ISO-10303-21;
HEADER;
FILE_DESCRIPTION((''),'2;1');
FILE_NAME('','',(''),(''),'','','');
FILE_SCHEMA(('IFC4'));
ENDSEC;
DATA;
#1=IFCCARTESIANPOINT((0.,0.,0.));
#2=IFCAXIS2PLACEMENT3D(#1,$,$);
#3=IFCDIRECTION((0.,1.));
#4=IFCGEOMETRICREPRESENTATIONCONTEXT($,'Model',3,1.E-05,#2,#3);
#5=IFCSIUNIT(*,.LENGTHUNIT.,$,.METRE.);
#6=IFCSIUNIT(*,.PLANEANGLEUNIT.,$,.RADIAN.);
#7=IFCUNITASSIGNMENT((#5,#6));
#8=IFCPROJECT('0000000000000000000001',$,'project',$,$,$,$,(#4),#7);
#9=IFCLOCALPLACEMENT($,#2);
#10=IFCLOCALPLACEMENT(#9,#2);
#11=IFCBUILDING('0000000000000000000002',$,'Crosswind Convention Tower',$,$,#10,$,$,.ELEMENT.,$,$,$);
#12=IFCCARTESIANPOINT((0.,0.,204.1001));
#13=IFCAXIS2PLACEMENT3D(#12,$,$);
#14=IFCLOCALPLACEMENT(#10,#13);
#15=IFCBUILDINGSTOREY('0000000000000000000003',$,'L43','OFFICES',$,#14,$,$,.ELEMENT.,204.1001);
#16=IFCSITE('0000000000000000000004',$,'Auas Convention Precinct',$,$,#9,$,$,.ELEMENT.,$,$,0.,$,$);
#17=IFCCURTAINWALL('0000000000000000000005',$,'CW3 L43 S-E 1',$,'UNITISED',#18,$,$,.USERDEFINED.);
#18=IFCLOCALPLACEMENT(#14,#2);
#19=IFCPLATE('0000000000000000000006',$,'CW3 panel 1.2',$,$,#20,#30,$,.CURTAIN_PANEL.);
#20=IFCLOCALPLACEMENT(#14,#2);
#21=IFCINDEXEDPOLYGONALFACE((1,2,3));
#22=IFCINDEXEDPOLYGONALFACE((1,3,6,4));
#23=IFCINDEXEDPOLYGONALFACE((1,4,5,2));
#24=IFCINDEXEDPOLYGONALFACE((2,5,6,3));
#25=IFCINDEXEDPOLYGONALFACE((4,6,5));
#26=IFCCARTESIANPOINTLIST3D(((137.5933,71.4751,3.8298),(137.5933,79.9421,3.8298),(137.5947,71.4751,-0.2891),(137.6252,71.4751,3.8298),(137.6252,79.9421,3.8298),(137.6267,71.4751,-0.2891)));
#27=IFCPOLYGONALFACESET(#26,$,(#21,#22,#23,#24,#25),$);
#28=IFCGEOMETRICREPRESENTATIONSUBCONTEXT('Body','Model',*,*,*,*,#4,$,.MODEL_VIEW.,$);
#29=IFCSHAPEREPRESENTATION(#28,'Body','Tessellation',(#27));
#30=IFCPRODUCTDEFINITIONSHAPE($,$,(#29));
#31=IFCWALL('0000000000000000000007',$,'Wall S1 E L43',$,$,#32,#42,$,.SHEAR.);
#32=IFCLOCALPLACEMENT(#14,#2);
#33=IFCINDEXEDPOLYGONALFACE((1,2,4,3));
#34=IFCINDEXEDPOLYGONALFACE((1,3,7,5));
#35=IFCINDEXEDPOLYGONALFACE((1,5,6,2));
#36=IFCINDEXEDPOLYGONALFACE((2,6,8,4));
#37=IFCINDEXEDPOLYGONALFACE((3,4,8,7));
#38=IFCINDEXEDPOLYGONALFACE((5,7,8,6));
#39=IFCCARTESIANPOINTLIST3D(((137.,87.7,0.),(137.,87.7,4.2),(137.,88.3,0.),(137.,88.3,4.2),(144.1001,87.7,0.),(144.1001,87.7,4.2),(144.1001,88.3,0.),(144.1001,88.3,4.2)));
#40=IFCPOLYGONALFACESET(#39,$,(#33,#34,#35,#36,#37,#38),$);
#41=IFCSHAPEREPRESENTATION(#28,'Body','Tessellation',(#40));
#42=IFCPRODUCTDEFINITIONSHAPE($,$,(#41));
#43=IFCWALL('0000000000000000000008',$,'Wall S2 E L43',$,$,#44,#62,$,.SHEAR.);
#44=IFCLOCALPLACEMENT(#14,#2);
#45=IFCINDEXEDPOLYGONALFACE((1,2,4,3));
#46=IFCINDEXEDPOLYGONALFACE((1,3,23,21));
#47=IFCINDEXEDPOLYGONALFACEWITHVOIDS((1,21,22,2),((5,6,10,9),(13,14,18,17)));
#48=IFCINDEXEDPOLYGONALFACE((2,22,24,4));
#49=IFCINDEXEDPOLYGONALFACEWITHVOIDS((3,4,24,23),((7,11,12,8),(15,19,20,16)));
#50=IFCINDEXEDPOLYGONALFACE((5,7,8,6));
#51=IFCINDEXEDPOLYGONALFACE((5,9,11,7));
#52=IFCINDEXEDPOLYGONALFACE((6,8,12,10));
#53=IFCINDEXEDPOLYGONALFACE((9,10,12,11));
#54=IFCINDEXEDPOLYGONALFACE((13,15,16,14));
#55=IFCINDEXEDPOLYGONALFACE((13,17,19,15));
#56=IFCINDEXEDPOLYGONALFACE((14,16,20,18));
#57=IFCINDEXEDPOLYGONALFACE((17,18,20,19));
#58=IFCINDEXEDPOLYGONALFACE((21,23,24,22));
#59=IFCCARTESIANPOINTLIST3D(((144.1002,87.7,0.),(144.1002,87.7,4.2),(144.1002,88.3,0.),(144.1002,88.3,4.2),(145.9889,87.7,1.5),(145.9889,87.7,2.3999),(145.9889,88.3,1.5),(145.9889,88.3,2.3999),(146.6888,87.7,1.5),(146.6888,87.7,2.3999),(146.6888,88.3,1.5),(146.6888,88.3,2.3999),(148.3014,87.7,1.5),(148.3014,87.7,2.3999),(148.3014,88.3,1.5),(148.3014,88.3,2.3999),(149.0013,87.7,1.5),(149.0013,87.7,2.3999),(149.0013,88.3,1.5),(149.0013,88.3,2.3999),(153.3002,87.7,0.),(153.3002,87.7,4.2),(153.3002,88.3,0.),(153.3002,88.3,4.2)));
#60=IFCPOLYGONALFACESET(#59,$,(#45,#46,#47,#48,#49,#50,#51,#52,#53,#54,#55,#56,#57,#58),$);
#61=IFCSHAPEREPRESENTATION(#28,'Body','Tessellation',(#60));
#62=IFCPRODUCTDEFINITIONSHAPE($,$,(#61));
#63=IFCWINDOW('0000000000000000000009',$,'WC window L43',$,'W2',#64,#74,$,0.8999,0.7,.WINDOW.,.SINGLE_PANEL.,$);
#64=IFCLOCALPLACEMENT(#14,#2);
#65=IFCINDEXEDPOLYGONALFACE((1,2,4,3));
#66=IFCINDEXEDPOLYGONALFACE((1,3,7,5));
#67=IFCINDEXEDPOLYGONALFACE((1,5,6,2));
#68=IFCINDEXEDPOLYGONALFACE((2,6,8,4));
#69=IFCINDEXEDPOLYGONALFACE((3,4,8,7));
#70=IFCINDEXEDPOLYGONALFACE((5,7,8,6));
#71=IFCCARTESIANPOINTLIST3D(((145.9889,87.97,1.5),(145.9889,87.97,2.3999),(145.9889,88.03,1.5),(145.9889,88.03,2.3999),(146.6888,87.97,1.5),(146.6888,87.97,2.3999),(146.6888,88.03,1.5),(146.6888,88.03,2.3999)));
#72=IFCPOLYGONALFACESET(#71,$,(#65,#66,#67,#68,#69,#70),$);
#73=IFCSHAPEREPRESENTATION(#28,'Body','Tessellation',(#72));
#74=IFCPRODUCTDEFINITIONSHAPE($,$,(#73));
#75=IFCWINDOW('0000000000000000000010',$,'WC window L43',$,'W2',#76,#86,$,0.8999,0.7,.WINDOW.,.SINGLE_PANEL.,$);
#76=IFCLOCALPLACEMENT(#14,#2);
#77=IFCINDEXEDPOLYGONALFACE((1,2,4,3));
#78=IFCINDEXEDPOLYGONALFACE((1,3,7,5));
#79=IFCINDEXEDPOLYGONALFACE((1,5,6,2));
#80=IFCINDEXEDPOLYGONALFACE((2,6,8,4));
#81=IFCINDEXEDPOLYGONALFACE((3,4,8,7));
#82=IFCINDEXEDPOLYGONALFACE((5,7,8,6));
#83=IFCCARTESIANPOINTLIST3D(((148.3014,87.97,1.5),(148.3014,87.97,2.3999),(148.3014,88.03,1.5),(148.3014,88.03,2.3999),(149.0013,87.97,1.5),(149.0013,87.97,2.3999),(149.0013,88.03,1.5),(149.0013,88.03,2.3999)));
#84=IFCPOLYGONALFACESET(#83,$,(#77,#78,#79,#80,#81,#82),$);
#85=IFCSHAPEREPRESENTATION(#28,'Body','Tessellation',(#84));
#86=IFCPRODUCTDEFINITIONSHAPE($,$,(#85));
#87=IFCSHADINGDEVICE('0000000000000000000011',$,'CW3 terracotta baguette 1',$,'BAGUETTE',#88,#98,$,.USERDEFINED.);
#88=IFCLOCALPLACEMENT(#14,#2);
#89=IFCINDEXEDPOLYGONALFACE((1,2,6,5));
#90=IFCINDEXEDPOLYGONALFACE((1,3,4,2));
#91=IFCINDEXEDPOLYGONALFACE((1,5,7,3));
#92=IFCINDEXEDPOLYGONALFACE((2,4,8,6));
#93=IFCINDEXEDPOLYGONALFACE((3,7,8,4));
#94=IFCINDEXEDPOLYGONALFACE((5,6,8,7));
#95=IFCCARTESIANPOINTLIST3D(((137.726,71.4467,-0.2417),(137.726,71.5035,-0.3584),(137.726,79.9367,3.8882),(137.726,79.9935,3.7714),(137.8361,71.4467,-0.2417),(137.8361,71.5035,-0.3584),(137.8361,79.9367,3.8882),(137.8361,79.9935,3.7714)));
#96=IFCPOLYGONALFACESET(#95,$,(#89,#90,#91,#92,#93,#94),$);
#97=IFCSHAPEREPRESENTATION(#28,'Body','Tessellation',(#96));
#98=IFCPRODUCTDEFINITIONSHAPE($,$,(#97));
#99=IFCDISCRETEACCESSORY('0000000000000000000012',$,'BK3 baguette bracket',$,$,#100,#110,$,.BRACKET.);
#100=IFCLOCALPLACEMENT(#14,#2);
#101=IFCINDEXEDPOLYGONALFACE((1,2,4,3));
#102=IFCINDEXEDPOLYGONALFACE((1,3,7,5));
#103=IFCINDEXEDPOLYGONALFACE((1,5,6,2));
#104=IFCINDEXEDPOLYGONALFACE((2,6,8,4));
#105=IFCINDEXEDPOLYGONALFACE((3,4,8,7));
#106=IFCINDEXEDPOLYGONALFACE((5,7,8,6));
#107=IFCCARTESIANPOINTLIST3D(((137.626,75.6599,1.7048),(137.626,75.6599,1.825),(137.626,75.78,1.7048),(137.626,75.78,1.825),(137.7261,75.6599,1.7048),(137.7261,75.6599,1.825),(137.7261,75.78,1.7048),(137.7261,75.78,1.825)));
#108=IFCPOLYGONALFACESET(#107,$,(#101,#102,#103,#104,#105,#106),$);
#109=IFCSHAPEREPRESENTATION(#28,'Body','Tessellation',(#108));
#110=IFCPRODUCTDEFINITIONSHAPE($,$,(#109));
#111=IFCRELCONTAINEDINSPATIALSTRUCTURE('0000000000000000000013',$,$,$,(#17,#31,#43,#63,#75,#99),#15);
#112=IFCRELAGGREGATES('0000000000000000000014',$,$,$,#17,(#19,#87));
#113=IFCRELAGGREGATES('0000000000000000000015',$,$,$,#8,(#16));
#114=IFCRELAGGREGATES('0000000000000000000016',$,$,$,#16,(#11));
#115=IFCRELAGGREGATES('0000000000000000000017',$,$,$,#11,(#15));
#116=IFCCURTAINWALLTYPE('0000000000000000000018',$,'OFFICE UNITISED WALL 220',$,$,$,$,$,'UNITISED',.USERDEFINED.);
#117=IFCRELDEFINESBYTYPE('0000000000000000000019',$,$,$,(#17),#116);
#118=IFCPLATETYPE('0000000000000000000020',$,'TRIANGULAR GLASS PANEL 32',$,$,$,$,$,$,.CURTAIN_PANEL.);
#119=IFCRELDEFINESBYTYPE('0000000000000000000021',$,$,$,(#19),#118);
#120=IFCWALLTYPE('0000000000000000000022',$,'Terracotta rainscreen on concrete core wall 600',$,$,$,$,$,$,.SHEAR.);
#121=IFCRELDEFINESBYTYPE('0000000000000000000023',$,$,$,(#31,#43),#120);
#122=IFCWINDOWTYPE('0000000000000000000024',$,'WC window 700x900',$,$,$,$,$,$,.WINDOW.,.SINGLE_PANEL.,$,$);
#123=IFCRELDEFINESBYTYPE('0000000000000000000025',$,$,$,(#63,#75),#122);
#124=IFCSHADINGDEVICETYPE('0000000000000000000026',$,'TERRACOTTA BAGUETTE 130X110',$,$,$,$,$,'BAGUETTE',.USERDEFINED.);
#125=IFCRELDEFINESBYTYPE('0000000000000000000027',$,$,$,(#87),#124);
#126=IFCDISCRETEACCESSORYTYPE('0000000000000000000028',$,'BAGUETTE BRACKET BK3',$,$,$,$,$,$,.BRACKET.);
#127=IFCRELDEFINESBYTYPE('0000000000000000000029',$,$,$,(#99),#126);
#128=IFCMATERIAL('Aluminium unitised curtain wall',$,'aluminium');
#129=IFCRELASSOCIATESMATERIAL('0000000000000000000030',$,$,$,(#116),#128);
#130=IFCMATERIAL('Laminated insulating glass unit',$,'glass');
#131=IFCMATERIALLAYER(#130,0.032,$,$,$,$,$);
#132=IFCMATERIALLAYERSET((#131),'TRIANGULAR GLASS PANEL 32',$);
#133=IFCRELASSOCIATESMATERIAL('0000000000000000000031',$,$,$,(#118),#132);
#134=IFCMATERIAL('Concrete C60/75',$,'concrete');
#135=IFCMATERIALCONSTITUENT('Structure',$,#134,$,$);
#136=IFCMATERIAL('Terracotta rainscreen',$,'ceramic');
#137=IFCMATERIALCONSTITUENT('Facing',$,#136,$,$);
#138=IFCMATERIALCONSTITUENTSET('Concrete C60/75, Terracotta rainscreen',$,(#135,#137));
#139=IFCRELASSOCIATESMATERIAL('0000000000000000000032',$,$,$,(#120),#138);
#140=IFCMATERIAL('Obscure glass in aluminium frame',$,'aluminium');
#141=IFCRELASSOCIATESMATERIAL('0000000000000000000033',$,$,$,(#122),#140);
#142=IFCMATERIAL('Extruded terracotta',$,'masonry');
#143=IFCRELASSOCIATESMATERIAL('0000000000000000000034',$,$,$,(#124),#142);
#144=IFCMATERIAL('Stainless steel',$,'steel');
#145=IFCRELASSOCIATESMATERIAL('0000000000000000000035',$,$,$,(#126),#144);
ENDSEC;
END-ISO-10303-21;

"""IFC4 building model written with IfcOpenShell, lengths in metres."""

from ifc_helpers import new_model, si_unit, direction, frame, frame_2d, origin, origin_2d, place, context, subcontext, project, spatial, polyline, rectangle, outline, extrude, material, layer, layer_set, constituent, constituent_set, material_profile, profile_set, type_object, element, fill, aggregate, save


model = new_model("IFC4")

# Units and contexts
model_context = context("Model", 3, precision=1e-05, world=origin(), true_north=direction((0.0, 1.0)))
body_context = subcontext(model_context, "Body", "Model", "MODEL_VIEW")
ifc_project = project(units=[si_unit("LENGTHUNIT", "METRE"), si_unit("PLANEANGLEUNIT", "RADIAN")], contexts=[model_context])

# Site, building, storey
site_placement = place(None, origin())
site = spatial("IfcSite", under=ifc_project, at=site_placement, Name="Auas Convention Precinct", CompositionType="ELEMENT", RefElevation=0.0)
building_placement = place(site_placement, origin())
building = spatial("IfcBuilding", under=site, at=building_placement, Name="Crosswind Convention Tower", CompositionType="ELEMENT")
storey_placement = place(building_placement, frame((0.0, 0.0, 204.1001)))
storey = spatial("IfcBuildingStorey", under=building, at=storey_placement, Name="L43", Description="OFFICES", CompositionType="ELEMENT", Elevation=204.1001)

# Shared definitions
ifc_material_1 = material(Name="Concrete C60/75", Category="concrete")

# Shared definitions
ifc_material_2 = material(Name="Aluminium unitised curtain wall", Category="aluminium")

# Curtain wall
curtain_wall_type_1 = type_object("IfcCurtainWallType", Name="OFFICE UNITISED WALL 220", ElementType="UNITISED", PredefinedType="USERDEFINED", material=ifc_material_2)
curtain_wall_1_placement = place(storey_placement, origin())
curtain_wall_1 = element("IfcCurtainWall", 1, at=curtain_wall_1_placement, inside=storey, type_object=curtain_wall_type_1, Name="CW3 L43 S-E 1", ObjectType="UNITISED", PredefinedType="USERDEFINED")

# Plate
ifc_material_3 = material(Name="Laminated insulating glass unit", Category="glass")
ifc_layer_1 = layer(ifc_material_3, 0.032)
ifc_layer_set_1 = layer_set([ifc_layer_1], Name="TRIANGULAR GLASS PANEL 32")
plate_type_1 = type_object("IfcPlateType", Name="TRIANGULAR GLASS PANEL 32", PredefinedType="CURTAIN_PANEL", material=ifc_layer_set_1)
plate_1_placement = place(storey_placement, frame((137.6252, 71.4751, 3.8298), z_axis=(1.0, 0.0, 0.000356), x_axis=(0.000356, 0.0, -1.0)))
plate_1 = element("IfcPlate", 2, at=plate_1_placement, type_object=plate_type_1, Name="CW3 panel 1.2", PredefinedType="CURTAIN_PANEL", context=body_context, shape_type="SweptSolid", body=[
    extrude(outline(polyline([(0.0, 0.0), (4.1189, 0.0), (0.0, 8.467), (0.0, 0.0)])), origin(), (0.0, 0.0, -1.0), 0.032),
])

# Wall
ifc_constituent_1 = constituent(ifc_material_1, Name="Structure")
ifc_material_4 = material(Name="Terracotta rainscreen", Category="ceramic")
ifc_constituent_2 = constituent(ifc_material_4, Name="Facing")
ifc_constituent_set = constituent_set(constituents=[ifc_constituent_1, ifc_constituent_2], Name="Concrete C60/75, Terracotta rainscreen")
wall_type = type_object("IfcWallType", Name="Terracotta rainscreen on concrete core wall 600", PredefinedType="SHEAR", material=ifc_constituent_set)
wall_1_placement = place(storey_placement, frame((137.0, 88.0, 0.0), z_axis=(0.0, 0.0, 1.0), x_axis=(1.0, 0.0, 0.0)))
element("IfcWall", 3, at=wall_1_placement, inside=storey, type_object=wall_type, Name="Wall S1 E L43", PredefinedType="SHEAR", context=body_context, shape_type="SweptSolid", body=[
    extrude(rectangle(XDim=7.1001, YDim=0.6001, at=frame_2d((3.55, 0.0))), origin(), (0.0, 0.0, 1.0), 4.2),
])

# Wall, openings, windows
wall_2_placement = place(storey_placement, frame((144.1001, 88.0, 0.0), z_axis=(0.0, 0.0, 1.0), x_axis=(1.0, 0.0, 0.0)))
wall_2 = element("IfcWall", 4, at=wall_2_placement, inside=storey, type_object=wall_type, Name="Wall S2 E L43", PredefinedType="SHEAR", context=body_context, shape_type="SweptSolid", body=[
    extrude(rectangle(XDim=9.2, YDim=0.6001, at=frame_2d((4.6001, 0.0))), origin(), (0.0, 0.0, 1.0), 4.2),
])
opening_1_placement = place(wall_2_placement, frame((1.8887, 0.0, 1.5)))
opening_1 = element("IfcOpeningElement", 5, at=opening_1_placement, cuts=wall_2, PredefinedType="OPENING", context=body_context, shape_type="SweptSolid", body=[
    extrude(rectangle(XDim=0.7, YDim=0.8999, at=frame_2d((0.3501, 0.45))), frame((0.0, 0.3101, 0.0), z_axis=(0.0, -1.0, 0.0), x_axis=(1.0, 0.0, 0.0)), (0.0, 0.0, 1.0), 0.6201),
])
opening_2_placement = place(wall_2_placement, frame((4.2012, 0.0, 1.5)))
opening_2 = element("IfcOpeningElement", 6, at=opening_2_placement, cuts=wall_2, PredefinedType="OPENING", context=body_context, shape_type="SweptSolid", body=[
    extrude(rectangle(XDim=0.7, YDim=0.8999, at=frame_2d((0.3501, 0.45))), frame((0.0, 0.3101, 0.0), z_axis=(0.0, -1.0, 0.0), x_axis=(1.0, 0.0, 0.0)), (0.0, 0.0, 1.0), 0.6201),
])
ifc_material_5 = material(Name="Obscure glass in aluminium frame", Category="aluminium")
window_type = type_object("IfcWindowType", Name="WC window 700x900", PartitioningType="SINGLE_PANEL", PredefinedType="WINDOW", material=ifc_material_5)
window_1_placement = place(opening_1_placement, origin())
window_1 = element("IfcWindow", 7, at=window_1_placement, inside=storey, type_object=window_type, Name="WC window L43", ObjectType="W2", OverallHeight=0.8999, OverallWidth=0.7, PartitioningType="SINGLE_PANEL", PredefinedType="WINDOW", context=body_context, shape_type="SweptSolid", body=[
    extrude(rectangle(XDim=0.7, YDim=0.8999, at=frame_2d((0.3501, 0.45))), frame((0.0, 0.03, 0.0), z_axis=(0.0, -1.0, 0.0), x_axis=(1.0, 0.0, 0.0)), (0.0, 0.0, 1.0), 0.0601),
])
fill(opening_1, window_1)
window_2_placement = place(opening_2_placement, origin())
window_2 = element("IfcWindow", 8, at=window_2_placement, inside=storey, type_object=window_type, Name="WC window L43", ObjectType="W2", OverallHeight=0.8999, OverallWidth=0.7, PartitioningType="SINGLE_PANEL", PredefinedType="WINDOW", context=body_context, shape_type="SweptSolid", body=[
    extrude(rectangle(XDim=0.7, YDim=0.8999, at=frame_2d((0.3501, 0.45))), frame((0.0, 0.03, 0.0), z_axis=(0.0, -1.0, 0.0), x_axis=(1.0, 0.0, 0.0)), (0.0, 0.0, 1.0), 0.0601),
])
fill(opening_2, window_2)

# Shading device
ifc_material_6 = material(Name="Extruded terracotta", Category="masonry")
ifc_material_profile_1 = material_profile(ifc_material_6, rectangle(XDim=0.1101, YDim=0.1299, at=origin_2d()), Name="TC 110X130")
ifc_profile_set_1 = profile_set([ifc_material_profile_1], Name="Extruded terracotta")
shading_device_type = type_object("IfcShadingDeviceType", Name="TERRACOTTA BAGUETTE 130X110", ElementType="BAGUETTE", PredefinedType="USERDEFINED", material=ifc_profile_set_1)
shading_device_placement = place(storey_placement, frame((137.781, 71.4751, -0.3), z_axis=(0.0, 0.899251, 0.437433), x_axis=(-1.0, 0.0, 0.0)))
shading_device = element("IfcShadingDevice", 9, at=shading_device_placement, type_object=shading_device_type, Name="CW3 terracotta baguette 1", ObjectType="BAGUETTE", PredefinedType="USERDEFINED", context=body_context, shape_type="SweptSolid", body=[
    extrude(rectangle(XDim=0.1101, YDim=0.1299, at=origin_2d()), origin(), (0.0, 0.0, 1.0), 9.4412),
])
aggregate(curtain_wall_1, [plate_1, shading_device])

# Discrete accessory
ifc_material_7 = material(Name="Stainless steel", Category="steel")
discrete_accessory_type = type_object("IfcDiscreteAccessoryType", Name="BAGUETTE BRACKET BK3", PredefinedType="BRACKET", material=ifc_material_7)
discrete_accessory_placement = place(storey_placement, frame((137.676, 75.72, 1.7048), z_axis=(0.0, 0.0, 1.0), x_axis=(0.0, 1.0, 0.0)))
element("IfcDiscreteAccessory", 10, at=discrete_accessory_placement, inside=storey, type_object=discrete_accessory_type, Name="BK3 baguette bracket", PredefinedType="BRACKET", context=body_context, shape_type="SweptSolid", body=[
    extrude(rectangle(XDim=0.1201, YDim=0.1001, at=origin_2d()), origin(), (0.0, 0.0, 1.0), 0.1201),
])

save(model, "model.ifc")
